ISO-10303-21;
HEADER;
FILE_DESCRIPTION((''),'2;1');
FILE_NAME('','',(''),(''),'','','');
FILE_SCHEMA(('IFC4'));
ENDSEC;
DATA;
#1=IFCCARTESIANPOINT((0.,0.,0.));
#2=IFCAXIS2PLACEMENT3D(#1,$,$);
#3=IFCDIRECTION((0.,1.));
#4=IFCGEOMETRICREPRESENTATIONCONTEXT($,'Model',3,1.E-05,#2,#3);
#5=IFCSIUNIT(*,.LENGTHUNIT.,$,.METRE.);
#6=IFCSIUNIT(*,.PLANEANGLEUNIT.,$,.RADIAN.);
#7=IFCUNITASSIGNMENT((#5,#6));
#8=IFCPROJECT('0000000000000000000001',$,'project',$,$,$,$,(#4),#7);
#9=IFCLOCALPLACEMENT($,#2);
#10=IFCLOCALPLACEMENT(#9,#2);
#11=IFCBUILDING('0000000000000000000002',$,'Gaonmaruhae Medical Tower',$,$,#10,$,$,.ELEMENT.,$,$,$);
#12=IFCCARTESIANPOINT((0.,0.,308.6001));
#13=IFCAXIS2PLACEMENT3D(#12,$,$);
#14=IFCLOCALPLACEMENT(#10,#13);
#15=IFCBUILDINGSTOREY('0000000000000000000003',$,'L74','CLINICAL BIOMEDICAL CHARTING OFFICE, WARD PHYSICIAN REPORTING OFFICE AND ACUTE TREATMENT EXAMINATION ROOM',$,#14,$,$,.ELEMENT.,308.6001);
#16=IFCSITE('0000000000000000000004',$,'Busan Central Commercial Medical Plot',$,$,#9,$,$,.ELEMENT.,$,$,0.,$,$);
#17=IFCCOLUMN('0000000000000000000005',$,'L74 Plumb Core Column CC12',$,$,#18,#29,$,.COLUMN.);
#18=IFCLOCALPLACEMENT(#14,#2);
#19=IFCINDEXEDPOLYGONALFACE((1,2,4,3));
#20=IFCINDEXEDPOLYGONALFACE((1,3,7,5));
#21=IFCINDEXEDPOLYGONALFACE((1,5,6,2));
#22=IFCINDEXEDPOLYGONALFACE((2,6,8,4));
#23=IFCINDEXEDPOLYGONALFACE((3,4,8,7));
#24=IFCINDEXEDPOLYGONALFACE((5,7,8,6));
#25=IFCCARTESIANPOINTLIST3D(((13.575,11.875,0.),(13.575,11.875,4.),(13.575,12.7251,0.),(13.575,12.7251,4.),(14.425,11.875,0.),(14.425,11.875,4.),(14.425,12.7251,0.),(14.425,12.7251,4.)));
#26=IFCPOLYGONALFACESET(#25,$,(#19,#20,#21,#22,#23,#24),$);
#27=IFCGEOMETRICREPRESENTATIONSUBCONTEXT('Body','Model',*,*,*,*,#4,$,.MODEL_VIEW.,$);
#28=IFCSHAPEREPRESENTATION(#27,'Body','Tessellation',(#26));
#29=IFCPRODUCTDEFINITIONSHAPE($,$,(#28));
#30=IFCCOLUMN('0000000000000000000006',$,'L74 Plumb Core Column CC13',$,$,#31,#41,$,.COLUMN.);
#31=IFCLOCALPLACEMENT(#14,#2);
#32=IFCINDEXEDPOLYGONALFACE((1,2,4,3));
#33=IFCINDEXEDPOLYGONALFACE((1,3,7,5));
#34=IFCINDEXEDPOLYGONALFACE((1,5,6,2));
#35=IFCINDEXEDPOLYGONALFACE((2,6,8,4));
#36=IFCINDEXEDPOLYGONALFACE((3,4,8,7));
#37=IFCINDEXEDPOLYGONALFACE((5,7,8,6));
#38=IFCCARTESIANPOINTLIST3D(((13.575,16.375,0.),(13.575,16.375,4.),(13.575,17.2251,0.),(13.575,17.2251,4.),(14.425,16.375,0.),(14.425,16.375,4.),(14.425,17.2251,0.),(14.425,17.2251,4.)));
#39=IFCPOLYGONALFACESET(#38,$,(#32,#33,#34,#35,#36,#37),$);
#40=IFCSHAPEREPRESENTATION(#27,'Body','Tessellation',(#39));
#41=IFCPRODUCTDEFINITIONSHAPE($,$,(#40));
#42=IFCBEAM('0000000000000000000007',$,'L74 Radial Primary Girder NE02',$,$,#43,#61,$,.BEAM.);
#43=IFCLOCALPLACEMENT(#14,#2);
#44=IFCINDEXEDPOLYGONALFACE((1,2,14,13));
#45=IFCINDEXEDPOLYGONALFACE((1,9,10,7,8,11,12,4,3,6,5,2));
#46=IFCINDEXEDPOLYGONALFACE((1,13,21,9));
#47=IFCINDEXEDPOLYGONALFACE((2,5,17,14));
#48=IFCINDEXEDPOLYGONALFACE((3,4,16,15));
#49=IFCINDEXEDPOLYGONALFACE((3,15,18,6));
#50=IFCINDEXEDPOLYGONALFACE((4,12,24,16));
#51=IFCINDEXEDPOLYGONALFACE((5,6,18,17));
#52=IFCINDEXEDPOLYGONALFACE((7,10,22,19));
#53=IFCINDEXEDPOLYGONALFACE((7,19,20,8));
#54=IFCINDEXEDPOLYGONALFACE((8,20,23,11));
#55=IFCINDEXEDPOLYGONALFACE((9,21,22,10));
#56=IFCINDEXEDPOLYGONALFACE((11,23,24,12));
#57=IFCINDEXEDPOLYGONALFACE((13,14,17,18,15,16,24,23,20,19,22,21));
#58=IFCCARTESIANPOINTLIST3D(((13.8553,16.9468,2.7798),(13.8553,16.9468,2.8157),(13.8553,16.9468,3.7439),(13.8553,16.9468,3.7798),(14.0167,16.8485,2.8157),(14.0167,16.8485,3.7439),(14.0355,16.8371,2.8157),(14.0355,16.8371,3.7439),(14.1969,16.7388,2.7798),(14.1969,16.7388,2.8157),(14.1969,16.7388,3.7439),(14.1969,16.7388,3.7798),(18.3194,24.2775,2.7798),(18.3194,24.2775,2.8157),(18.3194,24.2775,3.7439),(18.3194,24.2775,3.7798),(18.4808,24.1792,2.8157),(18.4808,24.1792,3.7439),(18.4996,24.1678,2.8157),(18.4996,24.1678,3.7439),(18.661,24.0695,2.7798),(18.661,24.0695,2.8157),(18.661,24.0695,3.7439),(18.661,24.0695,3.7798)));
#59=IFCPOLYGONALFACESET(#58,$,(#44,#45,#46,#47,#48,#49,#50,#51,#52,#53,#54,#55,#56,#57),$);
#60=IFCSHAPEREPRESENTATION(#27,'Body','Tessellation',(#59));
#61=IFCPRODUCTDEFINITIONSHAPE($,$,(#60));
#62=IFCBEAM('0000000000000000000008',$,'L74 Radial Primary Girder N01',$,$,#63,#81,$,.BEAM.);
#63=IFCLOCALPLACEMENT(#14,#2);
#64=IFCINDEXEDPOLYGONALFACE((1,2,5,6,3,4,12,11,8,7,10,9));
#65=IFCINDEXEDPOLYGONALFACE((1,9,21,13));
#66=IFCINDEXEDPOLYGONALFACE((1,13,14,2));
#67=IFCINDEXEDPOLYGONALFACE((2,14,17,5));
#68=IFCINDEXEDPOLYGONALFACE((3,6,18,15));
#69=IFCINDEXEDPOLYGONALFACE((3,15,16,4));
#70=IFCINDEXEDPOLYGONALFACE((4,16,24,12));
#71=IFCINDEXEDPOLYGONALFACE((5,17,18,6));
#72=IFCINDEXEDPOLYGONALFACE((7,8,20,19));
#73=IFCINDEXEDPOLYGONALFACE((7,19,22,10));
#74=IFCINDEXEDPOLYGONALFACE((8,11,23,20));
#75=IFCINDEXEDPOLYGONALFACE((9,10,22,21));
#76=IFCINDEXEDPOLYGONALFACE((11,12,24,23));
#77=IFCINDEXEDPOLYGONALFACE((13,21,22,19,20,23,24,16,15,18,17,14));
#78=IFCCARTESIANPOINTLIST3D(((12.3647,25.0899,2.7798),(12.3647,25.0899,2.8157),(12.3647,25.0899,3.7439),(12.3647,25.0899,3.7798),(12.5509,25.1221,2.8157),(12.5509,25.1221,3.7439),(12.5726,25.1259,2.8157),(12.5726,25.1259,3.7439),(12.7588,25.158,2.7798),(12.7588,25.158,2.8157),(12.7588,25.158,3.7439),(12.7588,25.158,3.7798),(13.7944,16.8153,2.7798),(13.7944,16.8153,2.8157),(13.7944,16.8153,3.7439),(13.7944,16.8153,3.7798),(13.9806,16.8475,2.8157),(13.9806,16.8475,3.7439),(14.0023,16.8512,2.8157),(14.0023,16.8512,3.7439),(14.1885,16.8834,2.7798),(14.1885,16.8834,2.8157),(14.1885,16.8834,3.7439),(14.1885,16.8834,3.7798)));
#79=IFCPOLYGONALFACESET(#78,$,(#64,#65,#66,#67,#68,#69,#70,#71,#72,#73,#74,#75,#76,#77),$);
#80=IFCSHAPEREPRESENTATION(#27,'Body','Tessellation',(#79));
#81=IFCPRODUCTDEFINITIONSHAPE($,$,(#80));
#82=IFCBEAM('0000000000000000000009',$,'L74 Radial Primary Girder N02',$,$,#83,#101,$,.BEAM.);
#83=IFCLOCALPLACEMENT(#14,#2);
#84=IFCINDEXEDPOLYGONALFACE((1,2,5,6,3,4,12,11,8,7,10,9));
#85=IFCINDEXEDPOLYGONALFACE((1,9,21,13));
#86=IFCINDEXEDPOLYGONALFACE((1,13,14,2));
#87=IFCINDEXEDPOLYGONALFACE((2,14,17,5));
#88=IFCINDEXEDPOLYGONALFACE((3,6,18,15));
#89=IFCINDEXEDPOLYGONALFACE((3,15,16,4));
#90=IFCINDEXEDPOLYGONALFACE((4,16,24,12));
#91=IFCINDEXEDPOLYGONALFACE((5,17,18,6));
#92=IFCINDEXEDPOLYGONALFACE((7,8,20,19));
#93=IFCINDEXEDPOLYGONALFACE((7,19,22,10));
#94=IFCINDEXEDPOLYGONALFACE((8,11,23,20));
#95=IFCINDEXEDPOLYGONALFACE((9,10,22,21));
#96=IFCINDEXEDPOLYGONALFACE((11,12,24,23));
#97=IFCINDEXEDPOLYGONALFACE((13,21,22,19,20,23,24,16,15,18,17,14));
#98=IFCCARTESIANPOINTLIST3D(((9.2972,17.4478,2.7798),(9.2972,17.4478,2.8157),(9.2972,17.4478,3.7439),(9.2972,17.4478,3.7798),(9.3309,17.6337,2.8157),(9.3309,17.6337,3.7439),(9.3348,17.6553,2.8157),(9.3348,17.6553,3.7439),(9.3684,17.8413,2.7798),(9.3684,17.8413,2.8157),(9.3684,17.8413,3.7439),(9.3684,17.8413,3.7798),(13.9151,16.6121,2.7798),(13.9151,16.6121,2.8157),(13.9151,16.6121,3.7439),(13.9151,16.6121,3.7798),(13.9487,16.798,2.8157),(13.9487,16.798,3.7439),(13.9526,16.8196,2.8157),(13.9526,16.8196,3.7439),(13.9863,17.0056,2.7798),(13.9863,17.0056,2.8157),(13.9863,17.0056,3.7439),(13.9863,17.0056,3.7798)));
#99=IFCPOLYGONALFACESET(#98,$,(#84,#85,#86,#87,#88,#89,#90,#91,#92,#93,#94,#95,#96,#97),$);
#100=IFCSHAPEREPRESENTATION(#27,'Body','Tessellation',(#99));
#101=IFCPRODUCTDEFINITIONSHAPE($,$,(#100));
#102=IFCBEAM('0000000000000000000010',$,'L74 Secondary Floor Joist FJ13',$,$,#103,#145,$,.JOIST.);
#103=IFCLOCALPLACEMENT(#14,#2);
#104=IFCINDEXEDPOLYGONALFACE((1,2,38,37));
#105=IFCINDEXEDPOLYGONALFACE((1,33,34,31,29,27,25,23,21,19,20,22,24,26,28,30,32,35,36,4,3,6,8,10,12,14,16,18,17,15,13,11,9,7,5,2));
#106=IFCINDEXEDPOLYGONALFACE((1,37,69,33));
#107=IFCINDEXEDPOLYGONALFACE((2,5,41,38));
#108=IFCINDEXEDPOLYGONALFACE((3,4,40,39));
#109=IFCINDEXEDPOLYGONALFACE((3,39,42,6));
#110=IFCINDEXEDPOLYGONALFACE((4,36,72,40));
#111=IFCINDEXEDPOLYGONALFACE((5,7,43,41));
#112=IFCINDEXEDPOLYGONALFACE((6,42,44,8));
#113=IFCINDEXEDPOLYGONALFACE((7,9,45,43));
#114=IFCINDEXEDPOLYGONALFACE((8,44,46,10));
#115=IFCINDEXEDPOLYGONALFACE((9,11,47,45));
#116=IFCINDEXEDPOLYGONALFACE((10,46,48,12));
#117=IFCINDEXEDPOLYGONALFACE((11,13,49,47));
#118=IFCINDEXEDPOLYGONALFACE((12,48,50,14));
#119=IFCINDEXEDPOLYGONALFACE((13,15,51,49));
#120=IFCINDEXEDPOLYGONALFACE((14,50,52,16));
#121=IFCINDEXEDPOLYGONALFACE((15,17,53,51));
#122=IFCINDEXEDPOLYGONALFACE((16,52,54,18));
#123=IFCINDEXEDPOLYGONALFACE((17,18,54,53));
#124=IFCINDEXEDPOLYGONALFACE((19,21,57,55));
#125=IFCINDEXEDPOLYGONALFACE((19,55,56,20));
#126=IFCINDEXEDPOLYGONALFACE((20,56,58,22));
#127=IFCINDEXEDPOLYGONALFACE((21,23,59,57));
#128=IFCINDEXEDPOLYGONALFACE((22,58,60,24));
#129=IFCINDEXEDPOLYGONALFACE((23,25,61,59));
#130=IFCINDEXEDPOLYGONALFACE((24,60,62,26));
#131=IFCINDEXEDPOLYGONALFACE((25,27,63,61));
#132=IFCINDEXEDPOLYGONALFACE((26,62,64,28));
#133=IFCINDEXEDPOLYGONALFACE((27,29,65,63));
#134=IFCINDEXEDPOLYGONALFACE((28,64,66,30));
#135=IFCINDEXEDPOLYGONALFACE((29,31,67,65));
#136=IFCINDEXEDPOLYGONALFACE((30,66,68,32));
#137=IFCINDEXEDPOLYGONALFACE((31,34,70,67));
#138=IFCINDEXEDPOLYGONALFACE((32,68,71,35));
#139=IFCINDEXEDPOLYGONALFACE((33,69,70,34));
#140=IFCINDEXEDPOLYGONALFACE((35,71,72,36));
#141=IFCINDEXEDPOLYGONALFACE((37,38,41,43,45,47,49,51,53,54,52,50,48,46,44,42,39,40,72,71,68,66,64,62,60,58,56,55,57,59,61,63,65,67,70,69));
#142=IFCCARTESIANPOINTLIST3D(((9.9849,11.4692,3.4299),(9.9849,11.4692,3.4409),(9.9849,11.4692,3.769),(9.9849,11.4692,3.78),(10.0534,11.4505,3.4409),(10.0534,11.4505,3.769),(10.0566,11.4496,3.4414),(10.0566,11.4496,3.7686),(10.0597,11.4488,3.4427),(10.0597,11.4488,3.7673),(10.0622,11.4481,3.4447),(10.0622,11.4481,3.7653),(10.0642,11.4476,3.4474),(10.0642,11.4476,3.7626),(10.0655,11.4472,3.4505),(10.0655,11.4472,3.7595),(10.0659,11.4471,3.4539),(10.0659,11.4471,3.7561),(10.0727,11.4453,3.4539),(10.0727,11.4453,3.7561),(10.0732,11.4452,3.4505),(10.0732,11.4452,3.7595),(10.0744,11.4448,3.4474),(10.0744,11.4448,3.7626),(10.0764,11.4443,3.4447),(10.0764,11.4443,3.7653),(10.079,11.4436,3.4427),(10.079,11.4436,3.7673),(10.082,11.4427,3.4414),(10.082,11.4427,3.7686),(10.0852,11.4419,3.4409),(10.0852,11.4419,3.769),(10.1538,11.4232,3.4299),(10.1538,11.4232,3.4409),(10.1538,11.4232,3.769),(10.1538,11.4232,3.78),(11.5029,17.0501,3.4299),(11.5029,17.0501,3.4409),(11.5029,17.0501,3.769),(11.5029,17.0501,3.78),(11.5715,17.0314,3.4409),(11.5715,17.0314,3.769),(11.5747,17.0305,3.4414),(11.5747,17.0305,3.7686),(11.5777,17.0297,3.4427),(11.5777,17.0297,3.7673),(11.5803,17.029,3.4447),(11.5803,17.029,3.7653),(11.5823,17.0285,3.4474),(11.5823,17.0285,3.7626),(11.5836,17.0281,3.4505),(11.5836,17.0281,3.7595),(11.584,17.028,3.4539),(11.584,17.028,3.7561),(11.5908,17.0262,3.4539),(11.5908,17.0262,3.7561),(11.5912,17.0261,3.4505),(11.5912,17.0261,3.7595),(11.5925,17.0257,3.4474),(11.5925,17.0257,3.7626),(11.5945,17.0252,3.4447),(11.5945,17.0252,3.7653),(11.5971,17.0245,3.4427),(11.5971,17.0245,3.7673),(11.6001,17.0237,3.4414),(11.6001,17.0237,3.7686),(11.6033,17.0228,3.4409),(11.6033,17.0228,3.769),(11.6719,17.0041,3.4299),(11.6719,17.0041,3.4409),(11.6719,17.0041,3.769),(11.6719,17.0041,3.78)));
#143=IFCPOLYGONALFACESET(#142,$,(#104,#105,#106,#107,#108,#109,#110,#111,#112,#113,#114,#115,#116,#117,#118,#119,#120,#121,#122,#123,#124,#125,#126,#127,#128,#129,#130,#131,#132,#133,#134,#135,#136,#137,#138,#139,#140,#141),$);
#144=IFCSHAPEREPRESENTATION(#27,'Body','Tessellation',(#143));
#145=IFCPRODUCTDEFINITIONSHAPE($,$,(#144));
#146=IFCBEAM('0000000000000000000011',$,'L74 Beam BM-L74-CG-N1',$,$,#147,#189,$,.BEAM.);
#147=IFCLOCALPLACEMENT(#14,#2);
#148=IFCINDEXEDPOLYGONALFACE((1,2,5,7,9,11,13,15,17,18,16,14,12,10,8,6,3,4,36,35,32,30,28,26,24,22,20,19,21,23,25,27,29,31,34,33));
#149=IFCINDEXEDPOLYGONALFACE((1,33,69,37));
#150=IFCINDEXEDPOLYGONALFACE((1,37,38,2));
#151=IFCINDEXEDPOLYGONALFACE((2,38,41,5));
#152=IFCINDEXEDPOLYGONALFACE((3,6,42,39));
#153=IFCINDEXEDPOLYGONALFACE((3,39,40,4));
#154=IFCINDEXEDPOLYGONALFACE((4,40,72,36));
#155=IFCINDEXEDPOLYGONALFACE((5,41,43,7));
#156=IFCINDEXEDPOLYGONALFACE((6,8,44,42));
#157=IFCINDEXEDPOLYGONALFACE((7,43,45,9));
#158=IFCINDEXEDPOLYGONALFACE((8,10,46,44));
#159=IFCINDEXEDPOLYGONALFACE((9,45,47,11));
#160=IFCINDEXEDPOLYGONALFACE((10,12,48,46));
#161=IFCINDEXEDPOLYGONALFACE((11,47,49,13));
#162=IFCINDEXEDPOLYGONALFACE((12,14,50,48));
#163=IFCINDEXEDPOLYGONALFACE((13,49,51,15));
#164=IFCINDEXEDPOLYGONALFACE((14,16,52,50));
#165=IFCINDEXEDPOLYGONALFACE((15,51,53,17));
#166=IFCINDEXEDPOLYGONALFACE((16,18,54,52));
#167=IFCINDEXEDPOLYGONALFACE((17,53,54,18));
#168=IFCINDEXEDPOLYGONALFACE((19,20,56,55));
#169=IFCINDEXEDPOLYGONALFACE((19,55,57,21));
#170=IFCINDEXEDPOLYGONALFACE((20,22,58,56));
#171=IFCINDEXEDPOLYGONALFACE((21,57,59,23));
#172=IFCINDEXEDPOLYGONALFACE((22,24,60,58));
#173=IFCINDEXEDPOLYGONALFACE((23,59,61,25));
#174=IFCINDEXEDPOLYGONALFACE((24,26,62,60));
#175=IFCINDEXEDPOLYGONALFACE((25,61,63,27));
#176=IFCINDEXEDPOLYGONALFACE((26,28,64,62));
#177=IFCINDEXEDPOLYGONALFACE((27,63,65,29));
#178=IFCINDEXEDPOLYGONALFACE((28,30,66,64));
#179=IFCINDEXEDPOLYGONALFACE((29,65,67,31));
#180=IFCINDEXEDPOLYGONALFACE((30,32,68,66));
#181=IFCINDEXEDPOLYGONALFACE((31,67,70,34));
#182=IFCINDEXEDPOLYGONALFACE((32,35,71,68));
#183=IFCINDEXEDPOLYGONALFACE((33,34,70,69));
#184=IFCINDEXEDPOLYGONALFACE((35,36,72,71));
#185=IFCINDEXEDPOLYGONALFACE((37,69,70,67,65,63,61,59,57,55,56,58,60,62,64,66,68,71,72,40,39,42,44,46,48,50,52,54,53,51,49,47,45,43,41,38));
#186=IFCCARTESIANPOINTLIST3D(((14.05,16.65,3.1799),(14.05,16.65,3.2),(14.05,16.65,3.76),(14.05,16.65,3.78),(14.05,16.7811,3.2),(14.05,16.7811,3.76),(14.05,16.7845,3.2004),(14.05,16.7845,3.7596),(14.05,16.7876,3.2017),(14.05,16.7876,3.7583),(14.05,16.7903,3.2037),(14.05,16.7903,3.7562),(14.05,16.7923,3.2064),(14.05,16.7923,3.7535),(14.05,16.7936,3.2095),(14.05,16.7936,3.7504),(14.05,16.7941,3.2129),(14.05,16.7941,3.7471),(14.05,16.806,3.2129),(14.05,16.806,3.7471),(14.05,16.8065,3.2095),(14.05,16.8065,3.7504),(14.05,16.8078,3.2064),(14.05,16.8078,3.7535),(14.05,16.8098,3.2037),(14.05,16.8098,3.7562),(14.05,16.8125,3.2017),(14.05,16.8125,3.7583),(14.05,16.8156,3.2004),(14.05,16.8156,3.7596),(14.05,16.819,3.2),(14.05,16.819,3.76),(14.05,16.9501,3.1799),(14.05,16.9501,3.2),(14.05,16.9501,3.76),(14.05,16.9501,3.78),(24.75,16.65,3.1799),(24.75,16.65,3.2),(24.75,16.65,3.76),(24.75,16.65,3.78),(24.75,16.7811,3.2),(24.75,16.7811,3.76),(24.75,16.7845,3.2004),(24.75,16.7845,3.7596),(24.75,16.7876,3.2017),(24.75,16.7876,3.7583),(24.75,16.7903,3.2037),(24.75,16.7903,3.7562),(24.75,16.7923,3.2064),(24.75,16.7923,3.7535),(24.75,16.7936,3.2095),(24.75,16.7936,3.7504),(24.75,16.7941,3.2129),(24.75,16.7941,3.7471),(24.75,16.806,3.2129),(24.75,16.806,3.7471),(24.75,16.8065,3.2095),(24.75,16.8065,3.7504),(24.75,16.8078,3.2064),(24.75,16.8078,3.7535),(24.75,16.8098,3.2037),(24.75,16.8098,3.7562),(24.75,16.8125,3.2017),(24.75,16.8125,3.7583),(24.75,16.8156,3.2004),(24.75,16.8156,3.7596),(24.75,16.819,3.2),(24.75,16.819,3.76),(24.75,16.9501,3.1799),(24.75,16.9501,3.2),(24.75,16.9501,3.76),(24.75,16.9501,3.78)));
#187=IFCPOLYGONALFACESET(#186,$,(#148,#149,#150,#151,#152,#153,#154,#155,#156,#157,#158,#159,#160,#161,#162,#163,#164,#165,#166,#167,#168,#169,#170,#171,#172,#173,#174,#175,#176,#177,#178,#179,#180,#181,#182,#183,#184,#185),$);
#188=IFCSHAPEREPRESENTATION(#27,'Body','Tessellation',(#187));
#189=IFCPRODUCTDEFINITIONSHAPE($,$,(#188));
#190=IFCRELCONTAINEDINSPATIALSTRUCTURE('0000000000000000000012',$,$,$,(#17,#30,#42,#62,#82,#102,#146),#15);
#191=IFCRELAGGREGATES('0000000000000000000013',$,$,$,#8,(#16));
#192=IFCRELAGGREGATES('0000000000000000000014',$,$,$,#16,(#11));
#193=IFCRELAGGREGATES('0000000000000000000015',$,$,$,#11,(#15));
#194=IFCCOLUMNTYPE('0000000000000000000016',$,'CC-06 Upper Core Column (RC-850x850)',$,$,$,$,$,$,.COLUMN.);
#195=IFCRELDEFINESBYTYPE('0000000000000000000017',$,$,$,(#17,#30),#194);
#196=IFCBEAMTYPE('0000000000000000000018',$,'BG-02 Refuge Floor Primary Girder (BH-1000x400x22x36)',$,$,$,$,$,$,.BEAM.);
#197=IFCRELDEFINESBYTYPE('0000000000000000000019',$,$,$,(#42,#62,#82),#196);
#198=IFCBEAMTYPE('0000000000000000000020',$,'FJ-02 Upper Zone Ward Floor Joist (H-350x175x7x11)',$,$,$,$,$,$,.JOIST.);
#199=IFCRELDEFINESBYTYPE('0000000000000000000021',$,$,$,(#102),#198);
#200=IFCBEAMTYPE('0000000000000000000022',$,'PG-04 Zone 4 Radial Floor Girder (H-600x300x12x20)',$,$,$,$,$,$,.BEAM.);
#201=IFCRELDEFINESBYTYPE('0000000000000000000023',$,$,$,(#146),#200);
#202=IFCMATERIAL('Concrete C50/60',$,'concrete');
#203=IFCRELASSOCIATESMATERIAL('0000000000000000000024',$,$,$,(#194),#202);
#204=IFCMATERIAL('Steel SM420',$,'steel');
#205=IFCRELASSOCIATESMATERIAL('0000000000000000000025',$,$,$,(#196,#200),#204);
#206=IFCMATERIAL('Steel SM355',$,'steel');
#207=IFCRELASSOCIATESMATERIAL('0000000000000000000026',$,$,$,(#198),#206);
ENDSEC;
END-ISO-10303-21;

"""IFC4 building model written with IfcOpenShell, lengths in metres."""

from ifc_helpers import new_model, si_unit, direction, frame, origin, origin_2d, place, context, subcontext, project, spatial, rectangle, i_section, extrude, material, material_profile, profile_set, type_object, element, save


model = new_model("IFC4")

# Units and contexts
model_context = context("Model", 3, precision=1e-05, world=origin(), true_north=direction((0.0, 1.0)))
body_context = subcontext(model_context, "Body", "Model", "MODEL_VIEW")
ifc_project = project(units=[si_unit("LENGTHUNIT", "METRE"), si_unit("PLANEANGLEUNIT", "RADIAN")], contexts=[model_context])

# Site, building, storey
site_placement = place(None, origin())
site = spatial("IfcSite", under=ifc_project, at=site_placement, Name="Busan Central Commercial Medical Plot", CompositionType="ELEMENT", RefElevation=0.0)
building_placement = place(site_placement, origin())
building = spatial("IfcBuilding", under=site, at=building_placement, Name="Gaonmaruhae Medical Tower", CompositionType="ELEMENT")
storey_placement = place(building_placement, frame((0.0, 0.0, 308.6001)))
storey = spatial("IfcBuildingStorey", under=building, at=storey_placement, Name="L74", Description="CLINICAL BIOMEDICAL CHARTING OFFICE, WARD PHYSICIAN REPORTING OFFICE AND ACUTE TREATMENT EXAMINATION ROOM", CompositionType="ELEMENT", Elevation=308.6001)

# Columns
ifc_material_1 = material(Name="Concrete C50/60", Category="concrete")
ifc_material_profile_1 = material_profile(ifc_material_1, rectangle(XDim=0.8501, YDim=0.8501, at=origin_2d()), Name="RC-850x850")
ifc_profile_set_1 = profile_set([ifc_material_profile_1], Name="Concrete C50/60")
column_type = type_object("IfcColumnType", Name="CC-06 Upper Core Column (RC-850x850)", PredefinedType="COLUMN", material=ifc_profile_set_1)
for number, where, z_axis, x_axis, name in (
    (1, (14.0, 12.3, 0.0), (0.0, 0.0, 1.0), (1.0, 0.0, 0.0), "L74 Plumb Core Column CC12"),
    (2, (14.0, 16.8, 0.0), (0.0, 0.0, 1.0), (1.0, 0.0, 0.0), "L74 Plumb Core Column CC13"),
):
    element("IfcColumn", number, at=place(storey_placement, frame(where, z_axis=z_axis, x_axis=x_axis)), inside=storey, type_object=column_type, Name=name, PredefinedType="COLUMN", context=body_context, shape_type="SweptSolid", body=[
        extrude(rectangle(XDim=0.8501, YDim=0.8501, at=origin_2d()), origin(), (0.0, 0.0, 1.0), 4.0),
    ])

# Beams
ifc_material_2 = material(Name="Steel SM420", Category="steel")
ifc_material_profile_2 = material_profile(ifc_material_2, i_section(OverallWidth=0.3999, OverallDepth=1.0, WebThickness=0.022, FlangeThickness=0.0359, at=origin_2d()), Name="BH-1000x400x22x36")
ifc_profile_set_2 = profile_set([ifc_material_profile_2], Name="Steel SM420")
beam_type_1 = type_object("IfcBeamType", Name="BG-02 Refuge Floor Primary Girder (BH-1000x400x22x36)", PredefinedType="BEAM", material=ifc_profile_set_2)
beam_1_placement = place(storey_placement, frame((14.0261, 16.8428, 3.2798), z_axis=(0.520107, 0.854101, 0.0), x_axis=(-0.854101, 0.520107, 0.0)))
element("IfcBeam", 3, at=beam_1_placement, inside=storey, type_object=beam_type_1, Name="L74 Radial Primary Girder NE02", PredefinedType="BEAM", context=body_context, shape_type="SweptSolid", body=[
    extrude(i_section(OverallWidth=0.3999, OverallDepth=1.0, WebThickness=0.022, FlangeThickness=0.0359, at=origin_2d()), origin(), (0.0, 0.0, 1.0), 8.583),
])
beam_2_placement = place(storey_placement, frame((13.9915, 16.8494, 3.2798), z_axis=(-0.170256, 0.9854, 0.0), x_axis=(-0.9854, -0.170256, 0.0)))
element("IfcBeam", 4, at=beam_2_placement, inside=storey, type_object=beam_type_1, Name="L74 Radial Primary Girder N01", PredefinedType="BEAM", context=body_context, shape_type="SweptSolid", body=[
    extrude(i_section(OverallWidth=0.3999, OverallDepth=1.0, WebThickness=0.022, FlangeThickness=0.0359, at=origin_2d()), origin(), (0.0, 0.0, 1.0), 8.3972),
])
beam_3_placement = place(storey_placement, frame((13.9507, 16.8088, 3.2798), z_axis=(-0.984017, 0.178075, 0.0), x_axis=(-0.178075, -0.984017, 0.0)))
element("IfcBeam", 5, at=beam_3_placement, inside=storey, type_object=beam_type_1, Name="L74 Radial Primary Girder N02", PredefinedType="BEAM", context=body_context, shape_type="SweptSolid", body=[
    extrude(i_section(OverallWidth=0.3999, OverallDepth=1.0, WebThickness=0.022, FlangeThickness=0.0359, at=origin_2d()), origin(), (0.0, 0.0, 1.0), 4.6929),
])
ifc_material_3 = material(Name="Steel SM355", Category="steel")
ifc_material_profile_3 = material_profile(ifc_material_3, i_section(OverallWidth=0.175, OverallDepth=0.3501, WebThickness=0.0071, FlangeThickness=0.011, FilletRadius=0.0129, at=origin_2d()), Name="H-350x175x7x11")
ifc_profile_set_3 = profile_set([ifc_material_profile_3], Name="Steel SM355")
beam_type_2 = type_object("IfcBeamType", Name="FJ-02 Upper Zone Ward Floor Joist (H-350x175x7x11)", PredefinedType="JOIST", material=ifc_profile_set_3)
beam_4_placement = place(storey_placement, frame((11.5874, 17.0271, 3.605), z_axis=(-0.262478, -0.964938, 0.0), x_axis=(0.964938, -0.262478, 0.0)))
element("IfcBeam", 6, at=beam_4_placement, inside=storey, type_object=beam_type_2, Name="L74 Secondary Floor Joist FJ13", PredefinedType="JOIST", context=body_context, shape_type="SweptSolid", body=[
    extrude(i_section(OverallWidth=0.175, OverallDepth=0.3501, WebThickness=0.0071, FlangeThickness=0.011, FilletRadius=0.0129, at=origin_2d()), origin(), (0.0, 0.0, 1.0), 5.7837),
])
ifc_material_profile_4 = material_profile(ifc_material_2, i_section(OverallWidth=0.3, OverallDepth=0.6001, WebThickness=0.012, FlangeThickness=0.02, FilletRadius=0.0129, at=origin_2d()), Name="H-600x300x12x20")
ifc_profile_set_4 = profile_set([ifc_material_profile_4], Name="Steel SM420")
beam_type_3 = type_object("IfcBeamType", Name="PG-04 Zone 4 Radial Floor Girder (H-600x300x12x20)", PredefinedType="BEAM", material=ifc_profile_set_4)
beam_5_placement = place(storey_placement, frame((14.05, 16.8, 3.48), z_axis=(1.0, 0.0, 0.0), x_axis=(0.0, 1.0, 0.0)))
element("IfcBeam", 7, at=beam_5_placement, inside=storey, type_object=beam_type_3, Name="L74 Beam BM-L74-CG-N1", PredefinedType="BEAM", context=body_context, shape_type="SweptSolid", body=[
    extrude(i_section(OverallWidth=0.3, OverallDepth=0.6001, WebThickness=0.012, FlangeThickness=0.02, FilletRadius=0.0129, at=origin_2d()), origin(), (0.0, 0.0, 1.0), 10.7),
])

save(model, "model.ifc")
